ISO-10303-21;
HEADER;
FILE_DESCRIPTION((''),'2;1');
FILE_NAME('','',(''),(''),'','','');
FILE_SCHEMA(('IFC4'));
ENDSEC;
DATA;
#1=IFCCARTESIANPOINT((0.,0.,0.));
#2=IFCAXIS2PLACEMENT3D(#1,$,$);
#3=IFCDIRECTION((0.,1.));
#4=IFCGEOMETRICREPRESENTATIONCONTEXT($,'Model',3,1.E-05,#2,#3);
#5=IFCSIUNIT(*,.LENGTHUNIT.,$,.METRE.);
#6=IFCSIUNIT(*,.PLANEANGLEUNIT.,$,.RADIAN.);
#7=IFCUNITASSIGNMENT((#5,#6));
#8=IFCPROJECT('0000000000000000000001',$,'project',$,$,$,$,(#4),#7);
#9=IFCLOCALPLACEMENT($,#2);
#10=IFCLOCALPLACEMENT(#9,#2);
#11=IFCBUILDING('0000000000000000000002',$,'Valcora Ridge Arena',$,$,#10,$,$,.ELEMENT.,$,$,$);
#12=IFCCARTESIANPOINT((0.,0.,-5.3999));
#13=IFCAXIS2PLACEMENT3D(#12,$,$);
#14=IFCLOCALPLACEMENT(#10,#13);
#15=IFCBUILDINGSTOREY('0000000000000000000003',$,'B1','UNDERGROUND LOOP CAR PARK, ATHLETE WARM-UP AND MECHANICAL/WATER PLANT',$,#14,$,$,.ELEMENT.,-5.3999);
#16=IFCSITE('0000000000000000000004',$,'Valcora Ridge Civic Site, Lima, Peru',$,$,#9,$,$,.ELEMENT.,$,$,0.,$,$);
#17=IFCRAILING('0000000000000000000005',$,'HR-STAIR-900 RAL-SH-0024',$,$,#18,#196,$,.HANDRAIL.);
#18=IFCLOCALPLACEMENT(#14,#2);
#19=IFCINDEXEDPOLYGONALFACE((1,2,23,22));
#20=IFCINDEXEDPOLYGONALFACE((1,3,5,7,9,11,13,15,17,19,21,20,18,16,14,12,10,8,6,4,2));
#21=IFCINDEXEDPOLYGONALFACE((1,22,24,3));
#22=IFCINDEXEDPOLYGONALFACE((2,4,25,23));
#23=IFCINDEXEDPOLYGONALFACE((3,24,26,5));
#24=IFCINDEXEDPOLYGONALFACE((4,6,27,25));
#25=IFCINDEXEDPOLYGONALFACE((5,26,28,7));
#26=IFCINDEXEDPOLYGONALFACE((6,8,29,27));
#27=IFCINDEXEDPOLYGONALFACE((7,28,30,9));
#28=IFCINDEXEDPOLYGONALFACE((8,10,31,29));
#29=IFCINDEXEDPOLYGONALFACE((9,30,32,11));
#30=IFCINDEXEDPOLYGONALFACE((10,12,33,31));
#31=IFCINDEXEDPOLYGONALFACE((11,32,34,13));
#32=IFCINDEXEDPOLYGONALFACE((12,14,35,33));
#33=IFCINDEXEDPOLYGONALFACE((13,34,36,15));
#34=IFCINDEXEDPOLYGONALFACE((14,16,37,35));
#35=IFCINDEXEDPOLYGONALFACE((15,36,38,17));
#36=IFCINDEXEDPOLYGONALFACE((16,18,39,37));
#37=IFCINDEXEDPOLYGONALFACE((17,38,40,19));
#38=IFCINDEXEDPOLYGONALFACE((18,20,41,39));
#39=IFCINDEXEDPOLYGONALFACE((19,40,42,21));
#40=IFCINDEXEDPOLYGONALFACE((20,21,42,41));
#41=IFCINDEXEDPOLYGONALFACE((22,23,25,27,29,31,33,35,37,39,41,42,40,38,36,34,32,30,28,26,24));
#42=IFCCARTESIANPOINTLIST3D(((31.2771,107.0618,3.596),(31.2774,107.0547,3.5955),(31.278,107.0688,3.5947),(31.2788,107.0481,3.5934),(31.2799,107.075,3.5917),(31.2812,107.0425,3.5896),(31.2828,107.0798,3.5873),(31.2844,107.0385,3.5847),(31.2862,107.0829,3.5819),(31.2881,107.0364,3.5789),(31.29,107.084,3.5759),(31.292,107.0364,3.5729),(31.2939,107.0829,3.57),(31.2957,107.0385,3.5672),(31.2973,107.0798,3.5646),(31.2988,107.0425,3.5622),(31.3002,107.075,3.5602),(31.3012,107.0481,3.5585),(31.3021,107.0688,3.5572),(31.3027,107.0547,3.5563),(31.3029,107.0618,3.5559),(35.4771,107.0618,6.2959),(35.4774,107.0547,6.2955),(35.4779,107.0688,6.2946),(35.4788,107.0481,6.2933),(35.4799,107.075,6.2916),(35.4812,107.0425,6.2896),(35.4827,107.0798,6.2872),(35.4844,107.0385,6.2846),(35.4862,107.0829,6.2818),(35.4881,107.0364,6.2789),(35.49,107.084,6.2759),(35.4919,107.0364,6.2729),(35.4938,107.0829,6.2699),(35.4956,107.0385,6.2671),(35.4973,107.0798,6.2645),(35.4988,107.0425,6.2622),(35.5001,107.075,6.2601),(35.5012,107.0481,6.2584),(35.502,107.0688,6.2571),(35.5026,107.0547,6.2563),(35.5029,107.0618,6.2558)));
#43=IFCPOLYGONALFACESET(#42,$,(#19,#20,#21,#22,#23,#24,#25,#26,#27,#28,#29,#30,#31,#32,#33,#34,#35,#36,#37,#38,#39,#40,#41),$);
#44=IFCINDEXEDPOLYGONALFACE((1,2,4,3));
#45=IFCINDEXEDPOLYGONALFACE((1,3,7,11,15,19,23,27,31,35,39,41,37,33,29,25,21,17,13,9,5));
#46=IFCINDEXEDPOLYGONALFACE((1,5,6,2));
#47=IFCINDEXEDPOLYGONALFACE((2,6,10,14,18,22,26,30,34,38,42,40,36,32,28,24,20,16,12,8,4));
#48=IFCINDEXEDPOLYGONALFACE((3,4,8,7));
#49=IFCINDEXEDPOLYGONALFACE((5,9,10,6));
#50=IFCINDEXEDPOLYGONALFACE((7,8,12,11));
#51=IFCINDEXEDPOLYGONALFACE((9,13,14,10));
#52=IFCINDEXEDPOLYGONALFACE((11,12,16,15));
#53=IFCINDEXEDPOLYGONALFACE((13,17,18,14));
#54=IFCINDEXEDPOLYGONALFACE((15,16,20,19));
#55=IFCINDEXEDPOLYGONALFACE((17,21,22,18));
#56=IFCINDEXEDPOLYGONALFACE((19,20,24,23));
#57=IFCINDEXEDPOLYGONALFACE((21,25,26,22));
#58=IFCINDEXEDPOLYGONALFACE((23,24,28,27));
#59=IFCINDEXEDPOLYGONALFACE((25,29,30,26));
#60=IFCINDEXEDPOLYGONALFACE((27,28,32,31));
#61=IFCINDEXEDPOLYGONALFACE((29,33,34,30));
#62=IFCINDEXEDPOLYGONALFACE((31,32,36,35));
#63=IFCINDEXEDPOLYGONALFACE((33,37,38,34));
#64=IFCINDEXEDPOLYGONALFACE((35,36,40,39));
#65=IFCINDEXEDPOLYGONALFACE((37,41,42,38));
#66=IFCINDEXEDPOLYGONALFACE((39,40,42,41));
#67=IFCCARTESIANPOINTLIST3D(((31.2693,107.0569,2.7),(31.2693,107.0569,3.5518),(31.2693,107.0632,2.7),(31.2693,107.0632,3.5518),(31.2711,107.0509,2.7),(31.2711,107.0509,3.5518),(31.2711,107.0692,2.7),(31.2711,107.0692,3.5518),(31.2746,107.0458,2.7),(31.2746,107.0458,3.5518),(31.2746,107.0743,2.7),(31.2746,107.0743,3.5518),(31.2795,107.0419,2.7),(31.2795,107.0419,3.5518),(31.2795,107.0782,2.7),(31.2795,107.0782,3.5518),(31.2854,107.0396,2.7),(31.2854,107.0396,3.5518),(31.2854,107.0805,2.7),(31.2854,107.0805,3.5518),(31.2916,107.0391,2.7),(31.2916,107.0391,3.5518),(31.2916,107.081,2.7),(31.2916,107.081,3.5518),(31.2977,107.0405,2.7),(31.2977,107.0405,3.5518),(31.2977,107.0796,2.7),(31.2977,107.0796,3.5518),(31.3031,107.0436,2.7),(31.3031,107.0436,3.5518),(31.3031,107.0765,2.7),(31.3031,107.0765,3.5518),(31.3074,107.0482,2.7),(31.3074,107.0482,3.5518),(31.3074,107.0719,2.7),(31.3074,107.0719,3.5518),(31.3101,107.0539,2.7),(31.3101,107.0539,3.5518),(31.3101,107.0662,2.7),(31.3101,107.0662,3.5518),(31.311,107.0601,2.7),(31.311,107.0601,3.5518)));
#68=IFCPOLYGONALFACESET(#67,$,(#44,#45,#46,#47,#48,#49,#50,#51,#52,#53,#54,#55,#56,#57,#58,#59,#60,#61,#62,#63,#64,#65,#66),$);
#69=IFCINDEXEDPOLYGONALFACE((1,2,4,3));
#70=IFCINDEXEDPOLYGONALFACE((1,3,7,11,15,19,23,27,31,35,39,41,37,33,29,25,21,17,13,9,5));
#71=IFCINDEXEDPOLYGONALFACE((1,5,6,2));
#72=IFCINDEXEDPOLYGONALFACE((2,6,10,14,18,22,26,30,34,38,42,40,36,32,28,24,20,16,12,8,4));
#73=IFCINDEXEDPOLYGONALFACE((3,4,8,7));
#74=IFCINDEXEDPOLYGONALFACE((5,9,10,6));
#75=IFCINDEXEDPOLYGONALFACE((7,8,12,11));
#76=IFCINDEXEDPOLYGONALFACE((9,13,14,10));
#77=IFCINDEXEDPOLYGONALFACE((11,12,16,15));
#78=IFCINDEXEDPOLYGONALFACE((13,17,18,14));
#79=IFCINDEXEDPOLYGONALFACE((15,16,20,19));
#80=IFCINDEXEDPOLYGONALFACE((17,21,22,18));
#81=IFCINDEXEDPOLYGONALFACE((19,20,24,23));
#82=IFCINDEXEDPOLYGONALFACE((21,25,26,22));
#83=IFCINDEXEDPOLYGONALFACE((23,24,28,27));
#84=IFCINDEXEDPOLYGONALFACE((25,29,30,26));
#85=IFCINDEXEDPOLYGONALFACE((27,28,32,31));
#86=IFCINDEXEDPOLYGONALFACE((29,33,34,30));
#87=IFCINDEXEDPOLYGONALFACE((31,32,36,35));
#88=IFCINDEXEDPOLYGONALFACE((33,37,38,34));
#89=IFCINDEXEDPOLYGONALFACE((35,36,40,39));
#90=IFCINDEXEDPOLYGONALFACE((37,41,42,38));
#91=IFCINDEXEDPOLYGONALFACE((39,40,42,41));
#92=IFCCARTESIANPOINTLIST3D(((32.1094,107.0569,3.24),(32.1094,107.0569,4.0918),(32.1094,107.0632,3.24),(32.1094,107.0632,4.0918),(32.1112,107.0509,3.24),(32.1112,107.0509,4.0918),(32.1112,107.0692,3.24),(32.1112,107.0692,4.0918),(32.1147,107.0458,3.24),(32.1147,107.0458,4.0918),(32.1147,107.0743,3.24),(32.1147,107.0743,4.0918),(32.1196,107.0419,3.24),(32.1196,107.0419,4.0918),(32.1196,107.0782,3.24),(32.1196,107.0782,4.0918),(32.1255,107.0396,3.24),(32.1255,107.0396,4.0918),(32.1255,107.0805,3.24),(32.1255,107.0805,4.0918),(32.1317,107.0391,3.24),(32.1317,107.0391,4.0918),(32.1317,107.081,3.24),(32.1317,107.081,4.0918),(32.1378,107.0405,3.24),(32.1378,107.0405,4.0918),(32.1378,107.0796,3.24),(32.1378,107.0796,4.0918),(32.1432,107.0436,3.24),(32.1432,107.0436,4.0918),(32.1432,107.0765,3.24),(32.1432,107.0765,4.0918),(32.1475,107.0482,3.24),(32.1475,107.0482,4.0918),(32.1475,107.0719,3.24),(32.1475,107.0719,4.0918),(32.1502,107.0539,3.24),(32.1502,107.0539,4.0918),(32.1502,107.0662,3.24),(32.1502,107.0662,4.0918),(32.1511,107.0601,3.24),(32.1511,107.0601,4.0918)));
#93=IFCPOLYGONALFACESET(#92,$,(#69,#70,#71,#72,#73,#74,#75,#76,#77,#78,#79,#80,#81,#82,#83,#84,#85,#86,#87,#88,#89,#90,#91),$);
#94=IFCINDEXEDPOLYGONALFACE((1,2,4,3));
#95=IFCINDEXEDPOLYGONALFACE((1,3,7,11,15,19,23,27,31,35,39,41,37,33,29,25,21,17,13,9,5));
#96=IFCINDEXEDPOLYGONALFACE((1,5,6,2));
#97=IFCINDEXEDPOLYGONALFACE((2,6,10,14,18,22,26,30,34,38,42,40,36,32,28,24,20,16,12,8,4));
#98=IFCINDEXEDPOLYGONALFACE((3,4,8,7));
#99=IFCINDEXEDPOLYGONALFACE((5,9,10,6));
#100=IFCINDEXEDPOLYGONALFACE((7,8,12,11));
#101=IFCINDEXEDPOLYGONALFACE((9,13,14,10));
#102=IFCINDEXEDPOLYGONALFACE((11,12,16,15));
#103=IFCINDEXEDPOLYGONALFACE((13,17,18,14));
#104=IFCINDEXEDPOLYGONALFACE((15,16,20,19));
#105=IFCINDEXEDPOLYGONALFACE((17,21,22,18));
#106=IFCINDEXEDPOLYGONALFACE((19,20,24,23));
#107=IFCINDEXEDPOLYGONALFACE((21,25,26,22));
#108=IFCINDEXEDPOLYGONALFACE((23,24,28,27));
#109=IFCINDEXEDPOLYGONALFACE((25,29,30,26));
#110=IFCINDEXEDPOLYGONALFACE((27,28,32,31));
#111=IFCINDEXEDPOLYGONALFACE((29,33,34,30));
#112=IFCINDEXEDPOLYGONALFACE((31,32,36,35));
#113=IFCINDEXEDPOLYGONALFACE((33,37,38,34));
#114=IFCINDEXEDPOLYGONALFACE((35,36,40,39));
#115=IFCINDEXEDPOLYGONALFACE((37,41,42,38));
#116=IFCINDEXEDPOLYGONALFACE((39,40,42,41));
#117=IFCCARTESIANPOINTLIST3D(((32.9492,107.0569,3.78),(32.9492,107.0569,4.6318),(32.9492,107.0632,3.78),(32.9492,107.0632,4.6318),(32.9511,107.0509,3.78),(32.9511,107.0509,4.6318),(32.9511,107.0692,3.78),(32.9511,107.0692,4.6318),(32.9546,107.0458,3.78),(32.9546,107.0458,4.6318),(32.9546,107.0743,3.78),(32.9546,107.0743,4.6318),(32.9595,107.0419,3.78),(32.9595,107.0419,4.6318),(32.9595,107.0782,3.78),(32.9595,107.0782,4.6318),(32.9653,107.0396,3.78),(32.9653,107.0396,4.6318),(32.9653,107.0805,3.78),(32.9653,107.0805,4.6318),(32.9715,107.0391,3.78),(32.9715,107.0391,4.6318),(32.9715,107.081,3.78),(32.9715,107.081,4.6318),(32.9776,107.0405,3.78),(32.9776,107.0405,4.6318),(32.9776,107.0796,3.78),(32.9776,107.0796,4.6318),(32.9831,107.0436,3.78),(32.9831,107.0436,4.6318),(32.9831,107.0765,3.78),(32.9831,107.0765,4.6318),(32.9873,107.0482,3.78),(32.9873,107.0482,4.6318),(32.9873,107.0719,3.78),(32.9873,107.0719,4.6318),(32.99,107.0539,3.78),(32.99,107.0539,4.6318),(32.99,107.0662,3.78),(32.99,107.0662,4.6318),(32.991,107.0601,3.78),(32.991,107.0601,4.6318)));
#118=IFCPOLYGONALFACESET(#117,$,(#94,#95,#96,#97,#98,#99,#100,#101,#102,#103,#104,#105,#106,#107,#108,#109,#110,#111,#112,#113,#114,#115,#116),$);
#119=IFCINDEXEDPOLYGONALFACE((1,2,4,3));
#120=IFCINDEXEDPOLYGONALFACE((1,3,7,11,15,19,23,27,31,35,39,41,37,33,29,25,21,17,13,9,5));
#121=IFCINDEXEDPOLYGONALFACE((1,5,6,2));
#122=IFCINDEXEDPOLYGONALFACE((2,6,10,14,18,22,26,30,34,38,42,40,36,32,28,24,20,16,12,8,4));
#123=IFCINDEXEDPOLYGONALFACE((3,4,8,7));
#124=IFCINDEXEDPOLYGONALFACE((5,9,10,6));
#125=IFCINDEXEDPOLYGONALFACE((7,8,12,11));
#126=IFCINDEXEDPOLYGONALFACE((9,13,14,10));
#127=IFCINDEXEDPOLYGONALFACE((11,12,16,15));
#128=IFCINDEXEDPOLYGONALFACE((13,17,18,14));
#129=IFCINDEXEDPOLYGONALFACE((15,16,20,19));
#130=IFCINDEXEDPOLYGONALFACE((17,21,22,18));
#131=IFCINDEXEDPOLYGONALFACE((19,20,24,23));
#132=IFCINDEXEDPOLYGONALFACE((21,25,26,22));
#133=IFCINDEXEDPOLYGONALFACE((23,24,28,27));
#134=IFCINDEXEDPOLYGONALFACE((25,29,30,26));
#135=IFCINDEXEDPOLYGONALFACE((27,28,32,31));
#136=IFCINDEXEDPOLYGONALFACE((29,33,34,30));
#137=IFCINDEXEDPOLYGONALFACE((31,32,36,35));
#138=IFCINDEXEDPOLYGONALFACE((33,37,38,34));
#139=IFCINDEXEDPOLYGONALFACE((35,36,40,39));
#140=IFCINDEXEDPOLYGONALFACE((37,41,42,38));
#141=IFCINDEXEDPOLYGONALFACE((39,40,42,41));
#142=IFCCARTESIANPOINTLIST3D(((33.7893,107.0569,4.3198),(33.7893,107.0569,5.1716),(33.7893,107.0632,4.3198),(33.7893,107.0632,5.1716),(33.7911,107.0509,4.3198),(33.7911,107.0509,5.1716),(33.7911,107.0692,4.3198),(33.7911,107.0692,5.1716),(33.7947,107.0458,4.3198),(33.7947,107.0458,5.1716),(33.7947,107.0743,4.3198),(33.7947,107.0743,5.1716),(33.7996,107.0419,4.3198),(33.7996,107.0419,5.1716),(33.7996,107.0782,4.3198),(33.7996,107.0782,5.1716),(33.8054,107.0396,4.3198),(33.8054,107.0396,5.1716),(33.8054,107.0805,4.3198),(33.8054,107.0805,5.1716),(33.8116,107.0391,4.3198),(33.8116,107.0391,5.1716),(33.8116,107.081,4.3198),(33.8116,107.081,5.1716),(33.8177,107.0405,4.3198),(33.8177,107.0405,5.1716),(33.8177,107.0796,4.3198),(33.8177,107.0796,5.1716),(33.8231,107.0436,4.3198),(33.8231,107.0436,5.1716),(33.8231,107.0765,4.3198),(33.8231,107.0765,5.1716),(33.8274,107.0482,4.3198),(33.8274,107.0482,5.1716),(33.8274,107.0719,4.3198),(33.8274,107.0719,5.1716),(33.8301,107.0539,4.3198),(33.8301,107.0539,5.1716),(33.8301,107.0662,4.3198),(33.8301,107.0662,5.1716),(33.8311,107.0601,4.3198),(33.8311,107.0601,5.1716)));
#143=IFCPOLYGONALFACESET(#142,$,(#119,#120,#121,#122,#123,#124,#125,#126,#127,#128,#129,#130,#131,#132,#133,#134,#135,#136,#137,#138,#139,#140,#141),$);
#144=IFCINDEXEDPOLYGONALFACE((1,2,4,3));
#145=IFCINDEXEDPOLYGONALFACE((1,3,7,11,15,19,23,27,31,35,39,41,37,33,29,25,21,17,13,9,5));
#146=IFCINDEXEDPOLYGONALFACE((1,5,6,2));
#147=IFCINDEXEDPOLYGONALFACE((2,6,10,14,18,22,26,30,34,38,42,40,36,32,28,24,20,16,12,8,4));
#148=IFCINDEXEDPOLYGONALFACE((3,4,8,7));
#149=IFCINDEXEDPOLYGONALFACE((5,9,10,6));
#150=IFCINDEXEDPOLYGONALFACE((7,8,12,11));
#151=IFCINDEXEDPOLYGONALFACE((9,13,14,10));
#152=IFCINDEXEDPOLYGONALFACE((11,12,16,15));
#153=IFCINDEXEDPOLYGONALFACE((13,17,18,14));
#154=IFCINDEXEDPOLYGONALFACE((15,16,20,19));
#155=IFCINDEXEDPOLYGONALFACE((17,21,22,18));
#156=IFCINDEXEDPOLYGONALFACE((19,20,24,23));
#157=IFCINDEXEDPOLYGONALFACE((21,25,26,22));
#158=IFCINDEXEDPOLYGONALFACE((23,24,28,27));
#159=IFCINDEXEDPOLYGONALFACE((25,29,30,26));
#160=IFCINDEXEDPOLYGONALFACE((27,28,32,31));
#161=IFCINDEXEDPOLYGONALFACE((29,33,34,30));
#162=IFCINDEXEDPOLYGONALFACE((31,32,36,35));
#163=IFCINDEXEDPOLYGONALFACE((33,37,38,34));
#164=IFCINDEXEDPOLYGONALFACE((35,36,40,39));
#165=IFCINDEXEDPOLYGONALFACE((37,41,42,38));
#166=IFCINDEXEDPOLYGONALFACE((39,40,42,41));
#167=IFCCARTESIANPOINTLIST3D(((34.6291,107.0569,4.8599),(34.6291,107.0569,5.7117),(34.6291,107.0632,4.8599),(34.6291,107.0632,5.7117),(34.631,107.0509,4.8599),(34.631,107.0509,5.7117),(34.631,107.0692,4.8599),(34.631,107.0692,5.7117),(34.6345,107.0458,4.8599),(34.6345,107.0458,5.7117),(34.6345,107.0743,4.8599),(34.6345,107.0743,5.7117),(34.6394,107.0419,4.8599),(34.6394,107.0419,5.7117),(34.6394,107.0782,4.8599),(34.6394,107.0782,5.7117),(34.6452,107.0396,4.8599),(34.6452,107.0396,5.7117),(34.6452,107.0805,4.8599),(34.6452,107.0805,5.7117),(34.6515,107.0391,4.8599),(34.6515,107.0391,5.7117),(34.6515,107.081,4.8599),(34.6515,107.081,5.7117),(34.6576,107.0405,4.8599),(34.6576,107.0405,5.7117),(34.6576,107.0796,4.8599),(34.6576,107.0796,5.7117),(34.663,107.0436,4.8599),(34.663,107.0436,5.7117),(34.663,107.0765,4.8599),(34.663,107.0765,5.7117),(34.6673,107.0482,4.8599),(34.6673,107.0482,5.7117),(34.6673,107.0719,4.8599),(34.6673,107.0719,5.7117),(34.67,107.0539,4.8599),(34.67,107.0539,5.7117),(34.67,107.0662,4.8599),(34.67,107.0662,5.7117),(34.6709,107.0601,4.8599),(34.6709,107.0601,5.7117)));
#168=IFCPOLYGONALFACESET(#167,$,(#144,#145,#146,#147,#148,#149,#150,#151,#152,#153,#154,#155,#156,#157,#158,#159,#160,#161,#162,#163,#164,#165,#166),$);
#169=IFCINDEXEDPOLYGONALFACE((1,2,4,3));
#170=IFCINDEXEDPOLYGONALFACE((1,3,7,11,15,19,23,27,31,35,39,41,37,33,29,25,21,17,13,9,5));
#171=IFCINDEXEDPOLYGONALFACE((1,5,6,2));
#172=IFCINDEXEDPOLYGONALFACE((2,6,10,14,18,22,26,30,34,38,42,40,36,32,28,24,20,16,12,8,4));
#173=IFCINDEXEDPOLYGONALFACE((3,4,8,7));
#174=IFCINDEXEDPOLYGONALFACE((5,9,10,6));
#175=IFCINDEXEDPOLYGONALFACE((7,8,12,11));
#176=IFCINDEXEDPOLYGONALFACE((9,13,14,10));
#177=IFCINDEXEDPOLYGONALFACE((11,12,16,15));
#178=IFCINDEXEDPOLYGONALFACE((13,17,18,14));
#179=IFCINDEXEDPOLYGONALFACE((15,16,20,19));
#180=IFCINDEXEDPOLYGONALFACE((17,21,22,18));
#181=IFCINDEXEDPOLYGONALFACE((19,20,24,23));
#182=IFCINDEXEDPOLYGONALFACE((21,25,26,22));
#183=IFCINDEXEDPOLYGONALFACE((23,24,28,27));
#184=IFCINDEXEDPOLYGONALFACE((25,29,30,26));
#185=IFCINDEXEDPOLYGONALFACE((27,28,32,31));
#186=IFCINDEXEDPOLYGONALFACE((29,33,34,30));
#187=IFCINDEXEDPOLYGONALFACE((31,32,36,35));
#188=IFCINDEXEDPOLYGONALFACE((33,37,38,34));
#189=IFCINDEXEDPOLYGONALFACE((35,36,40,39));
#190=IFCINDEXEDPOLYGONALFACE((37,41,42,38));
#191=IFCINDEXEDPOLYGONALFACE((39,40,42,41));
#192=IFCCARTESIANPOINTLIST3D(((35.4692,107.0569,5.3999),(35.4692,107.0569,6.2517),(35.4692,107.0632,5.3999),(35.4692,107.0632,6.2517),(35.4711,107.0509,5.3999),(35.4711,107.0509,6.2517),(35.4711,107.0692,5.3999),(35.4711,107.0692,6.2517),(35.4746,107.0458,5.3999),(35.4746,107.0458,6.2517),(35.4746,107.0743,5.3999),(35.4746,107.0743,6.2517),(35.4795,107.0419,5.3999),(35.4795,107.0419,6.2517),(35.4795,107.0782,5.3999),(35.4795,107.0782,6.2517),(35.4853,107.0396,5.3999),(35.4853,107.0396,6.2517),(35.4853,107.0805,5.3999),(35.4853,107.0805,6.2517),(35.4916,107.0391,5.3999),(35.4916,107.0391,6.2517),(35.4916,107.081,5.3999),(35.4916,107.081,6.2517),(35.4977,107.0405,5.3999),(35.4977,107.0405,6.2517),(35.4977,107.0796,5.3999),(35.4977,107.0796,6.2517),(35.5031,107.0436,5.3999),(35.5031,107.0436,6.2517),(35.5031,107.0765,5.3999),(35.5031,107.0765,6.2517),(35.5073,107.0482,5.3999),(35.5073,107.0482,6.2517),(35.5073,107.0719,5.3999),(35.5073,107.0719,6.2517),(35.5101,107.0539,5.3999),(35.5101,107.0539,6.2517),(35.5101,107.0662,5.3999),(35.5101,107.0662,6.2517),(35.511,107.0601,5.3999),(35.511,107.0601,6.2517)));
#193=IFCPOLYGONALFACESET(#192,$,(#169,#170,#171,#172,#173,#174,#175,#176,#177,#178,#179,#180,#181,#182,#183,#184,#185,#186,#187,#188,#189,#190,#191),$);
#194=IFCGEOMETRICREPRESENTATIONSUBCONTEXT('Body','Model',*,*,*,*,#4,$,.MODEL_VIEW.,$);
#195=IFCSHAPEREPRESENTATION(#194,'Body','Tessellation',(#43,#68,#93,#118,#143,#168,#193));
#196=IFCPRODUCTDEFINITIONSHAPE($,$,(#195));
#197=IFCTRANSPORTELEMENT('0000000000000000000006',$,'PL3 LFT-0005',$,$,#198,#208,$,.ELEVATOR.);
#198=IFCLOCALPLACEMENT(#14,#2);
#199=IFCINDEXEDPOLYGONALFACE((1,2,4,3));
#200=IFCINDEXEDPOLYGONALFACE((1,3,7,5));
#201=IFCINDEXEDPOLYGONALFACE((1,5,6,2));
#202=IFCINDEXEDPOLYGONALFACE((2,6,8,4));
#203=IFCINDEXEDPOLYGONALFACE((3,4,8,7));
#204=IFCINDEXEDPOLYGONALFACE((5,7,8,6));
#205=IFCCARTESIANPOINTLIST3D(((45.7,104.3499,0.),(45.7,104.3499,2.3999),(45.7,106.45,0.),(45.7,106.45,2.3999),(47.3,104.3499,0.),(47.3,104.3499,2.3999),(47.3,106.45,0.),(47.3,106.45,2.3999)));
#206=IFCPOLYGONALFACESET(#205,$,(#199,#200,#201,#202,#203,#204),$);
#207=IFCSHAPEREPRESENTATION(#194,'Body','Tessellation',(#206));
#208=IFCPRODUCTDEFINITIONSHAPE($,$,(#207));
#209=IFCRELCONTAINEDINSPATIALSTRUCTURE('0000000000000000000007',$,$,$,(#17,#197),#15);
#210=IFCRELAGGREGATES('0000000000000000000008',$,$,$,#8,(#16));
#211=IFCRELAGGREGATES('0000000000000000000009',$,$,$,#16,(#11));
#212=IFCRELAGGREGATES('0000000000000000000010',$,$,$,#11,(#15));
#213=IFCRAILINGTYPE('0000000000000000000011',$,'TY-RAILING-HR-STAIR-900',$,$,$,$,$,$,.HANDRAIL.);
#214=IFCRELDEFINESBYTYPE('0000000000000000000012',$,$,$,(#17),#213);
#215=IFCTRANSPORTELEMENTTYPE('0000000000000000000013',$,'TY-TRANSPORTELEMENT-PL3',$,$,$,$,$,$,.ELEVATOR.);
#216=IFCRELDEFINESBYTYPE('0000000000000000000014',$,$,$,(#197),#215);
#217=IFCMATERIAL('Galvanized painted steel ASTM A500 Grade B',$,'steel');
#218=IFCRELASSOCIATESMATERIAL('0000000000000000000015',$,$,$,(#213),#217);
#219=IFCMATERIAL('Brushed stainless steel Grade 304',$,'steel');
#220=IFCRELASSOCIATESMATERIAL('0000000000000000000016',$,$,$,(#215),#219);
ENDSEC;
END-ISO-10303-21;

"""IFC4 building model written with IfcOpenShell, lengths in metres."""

from ifc_helpers import new_model, si_unit, direction, frame, origin, origin_2d, place, context, subcontext, project, spatial, rectangle, circle, extrude, material, type_object, element, save


model = new_model("IFC4")

# Units and contexts
model_context = context("Model", 3, precision=1e-05, world=origin(), true_north=direction((0.0, 1.0)))
body_context = subcontext(model_context, "Body", "Model", "MODEL_VIEW")
ifc_project = project(units=[si_unit("LENGTHUNIT", "METRE"), si_unit("PLANEANGLEUNIT", "RADIAN")], contexts=[model_context])

# Site, building, storey
site_placement = place(None, origin())
site = spatial("IfcSite", under=ifc_project, at=site_placement, Name="Valcora Ridge Civic Site, Lima, Peru", CompositionType="ELEMENT", RefElevation=0.0)
building_placement = place(site_placement, origin())
building = spatial("IfcBuilding", under=site, at=building_placement, Name="Valcora Ridge Arena", CompositionType="ELEMENT")
storey_placement = place(building_placement, frame((0.0, 0.0, -5.3999)))
storey = spatial("IfcBuildingStorey", under=building, at=storey_placement, Name="B1", Description="UNDERGROUND LOOP CAR PARK, ATHLETE WARM-UP AND MECHANICAL/WATER PLANT", CompositionType="ELEMENT", Elevation=-5.3999)

# Railing
ifc_material_1 = material(Name="Galvanized painted steel ASTM A500 Grade B", Category="steel")
railing_type_1 = type_object("IfcRailingType", Name="TY-RAILING-HR-STAIR-900", PredefinedType="HANDRAIL", material=ifc_material_1)
railing_1_placement = place(storey_placement, frame((31.29, 107.0601, 2.7)))
element("IfcRailing", 1, at=railing_1_placement, inside=storey, type_object=railing_type_1, Name="HR-STAIR-900 RAL-SH-0024", PredefinedType="HANDRAIL", context=body_context, shape_type="SweptSolid", body=[
    extrude(circle(Radius=0.0239, at=origin_2d()), frame((0.0, 0.0, 0.876), z_axis=(0.84118, 0.0, 0.540755), x_axis=(0.0, 1.0, 0.0)), (0.0, 0.0, 1.0), 4.9929),
    extrude(circle(Radius=0.021, at=origin_2d()), origin(), (0.0, 0.0, 1.0), 0.8518),
    extrude(circle(Radius=0.021, at=origin_2d()), frame((0.8401, 0.0, 0.54)), (0.0, 0.0, 1.0), 0.8518),
    extrude(circle(Radius=0.021, at=origin_2d()), frame((1.6799, 0.0, 1.0801)), (0.0, 0.0, 1.0), 0.8518),
    extrude(circle(Radius=0.021, at=origin_2d()), frame((2.52, 0.0, 1.6199)), (0.0, 0.0, 1.0), 0.8518),
    extrude(circle(Radius=0.021, at=origin_2d()), frame((3.3599, 0.0, 2.1599)), (0.0, 0.0, 1.0), 0.8518),
    extrude(circle(Radius=0.021, at=origin_2d()), frame((4.2, 0.0, 2.7)), (0.0, 0.0, 1.0), 0.8518),
])

# Transport element
ifc_material_2 = material(Name="Brushed stainless steel Grade 304", Category="steel")
transport_element_type = type_object("IfcTransportElementType", Name="TY-TRANSPORTELEMENT-PL3", PredefinedType="ELEVATOR", material=ifc_material_2)
transport_element_placement = place(storey_placement, frame((46.5, 105.3999, 0.0), z_axis=(0.0, 0.0, 1.0), x_axis=(1.0, 0.0, 0.0)))
element("IfcTransportElement", 2, at=transport_element_placement, inside=storey, type_object=transport_element_type, Name="PL3 LFT-0005", PredefinedType="ELEVATOR", context=body_context, shape_type="SweptSolid", body=[
    extrude(rectangle(XDim=1.6001, YDim=2.1001, at=origin_2d()), origin(), (0.0, 0.0, 1.0), 2.3999),
])

save(model, "model.ifc")
